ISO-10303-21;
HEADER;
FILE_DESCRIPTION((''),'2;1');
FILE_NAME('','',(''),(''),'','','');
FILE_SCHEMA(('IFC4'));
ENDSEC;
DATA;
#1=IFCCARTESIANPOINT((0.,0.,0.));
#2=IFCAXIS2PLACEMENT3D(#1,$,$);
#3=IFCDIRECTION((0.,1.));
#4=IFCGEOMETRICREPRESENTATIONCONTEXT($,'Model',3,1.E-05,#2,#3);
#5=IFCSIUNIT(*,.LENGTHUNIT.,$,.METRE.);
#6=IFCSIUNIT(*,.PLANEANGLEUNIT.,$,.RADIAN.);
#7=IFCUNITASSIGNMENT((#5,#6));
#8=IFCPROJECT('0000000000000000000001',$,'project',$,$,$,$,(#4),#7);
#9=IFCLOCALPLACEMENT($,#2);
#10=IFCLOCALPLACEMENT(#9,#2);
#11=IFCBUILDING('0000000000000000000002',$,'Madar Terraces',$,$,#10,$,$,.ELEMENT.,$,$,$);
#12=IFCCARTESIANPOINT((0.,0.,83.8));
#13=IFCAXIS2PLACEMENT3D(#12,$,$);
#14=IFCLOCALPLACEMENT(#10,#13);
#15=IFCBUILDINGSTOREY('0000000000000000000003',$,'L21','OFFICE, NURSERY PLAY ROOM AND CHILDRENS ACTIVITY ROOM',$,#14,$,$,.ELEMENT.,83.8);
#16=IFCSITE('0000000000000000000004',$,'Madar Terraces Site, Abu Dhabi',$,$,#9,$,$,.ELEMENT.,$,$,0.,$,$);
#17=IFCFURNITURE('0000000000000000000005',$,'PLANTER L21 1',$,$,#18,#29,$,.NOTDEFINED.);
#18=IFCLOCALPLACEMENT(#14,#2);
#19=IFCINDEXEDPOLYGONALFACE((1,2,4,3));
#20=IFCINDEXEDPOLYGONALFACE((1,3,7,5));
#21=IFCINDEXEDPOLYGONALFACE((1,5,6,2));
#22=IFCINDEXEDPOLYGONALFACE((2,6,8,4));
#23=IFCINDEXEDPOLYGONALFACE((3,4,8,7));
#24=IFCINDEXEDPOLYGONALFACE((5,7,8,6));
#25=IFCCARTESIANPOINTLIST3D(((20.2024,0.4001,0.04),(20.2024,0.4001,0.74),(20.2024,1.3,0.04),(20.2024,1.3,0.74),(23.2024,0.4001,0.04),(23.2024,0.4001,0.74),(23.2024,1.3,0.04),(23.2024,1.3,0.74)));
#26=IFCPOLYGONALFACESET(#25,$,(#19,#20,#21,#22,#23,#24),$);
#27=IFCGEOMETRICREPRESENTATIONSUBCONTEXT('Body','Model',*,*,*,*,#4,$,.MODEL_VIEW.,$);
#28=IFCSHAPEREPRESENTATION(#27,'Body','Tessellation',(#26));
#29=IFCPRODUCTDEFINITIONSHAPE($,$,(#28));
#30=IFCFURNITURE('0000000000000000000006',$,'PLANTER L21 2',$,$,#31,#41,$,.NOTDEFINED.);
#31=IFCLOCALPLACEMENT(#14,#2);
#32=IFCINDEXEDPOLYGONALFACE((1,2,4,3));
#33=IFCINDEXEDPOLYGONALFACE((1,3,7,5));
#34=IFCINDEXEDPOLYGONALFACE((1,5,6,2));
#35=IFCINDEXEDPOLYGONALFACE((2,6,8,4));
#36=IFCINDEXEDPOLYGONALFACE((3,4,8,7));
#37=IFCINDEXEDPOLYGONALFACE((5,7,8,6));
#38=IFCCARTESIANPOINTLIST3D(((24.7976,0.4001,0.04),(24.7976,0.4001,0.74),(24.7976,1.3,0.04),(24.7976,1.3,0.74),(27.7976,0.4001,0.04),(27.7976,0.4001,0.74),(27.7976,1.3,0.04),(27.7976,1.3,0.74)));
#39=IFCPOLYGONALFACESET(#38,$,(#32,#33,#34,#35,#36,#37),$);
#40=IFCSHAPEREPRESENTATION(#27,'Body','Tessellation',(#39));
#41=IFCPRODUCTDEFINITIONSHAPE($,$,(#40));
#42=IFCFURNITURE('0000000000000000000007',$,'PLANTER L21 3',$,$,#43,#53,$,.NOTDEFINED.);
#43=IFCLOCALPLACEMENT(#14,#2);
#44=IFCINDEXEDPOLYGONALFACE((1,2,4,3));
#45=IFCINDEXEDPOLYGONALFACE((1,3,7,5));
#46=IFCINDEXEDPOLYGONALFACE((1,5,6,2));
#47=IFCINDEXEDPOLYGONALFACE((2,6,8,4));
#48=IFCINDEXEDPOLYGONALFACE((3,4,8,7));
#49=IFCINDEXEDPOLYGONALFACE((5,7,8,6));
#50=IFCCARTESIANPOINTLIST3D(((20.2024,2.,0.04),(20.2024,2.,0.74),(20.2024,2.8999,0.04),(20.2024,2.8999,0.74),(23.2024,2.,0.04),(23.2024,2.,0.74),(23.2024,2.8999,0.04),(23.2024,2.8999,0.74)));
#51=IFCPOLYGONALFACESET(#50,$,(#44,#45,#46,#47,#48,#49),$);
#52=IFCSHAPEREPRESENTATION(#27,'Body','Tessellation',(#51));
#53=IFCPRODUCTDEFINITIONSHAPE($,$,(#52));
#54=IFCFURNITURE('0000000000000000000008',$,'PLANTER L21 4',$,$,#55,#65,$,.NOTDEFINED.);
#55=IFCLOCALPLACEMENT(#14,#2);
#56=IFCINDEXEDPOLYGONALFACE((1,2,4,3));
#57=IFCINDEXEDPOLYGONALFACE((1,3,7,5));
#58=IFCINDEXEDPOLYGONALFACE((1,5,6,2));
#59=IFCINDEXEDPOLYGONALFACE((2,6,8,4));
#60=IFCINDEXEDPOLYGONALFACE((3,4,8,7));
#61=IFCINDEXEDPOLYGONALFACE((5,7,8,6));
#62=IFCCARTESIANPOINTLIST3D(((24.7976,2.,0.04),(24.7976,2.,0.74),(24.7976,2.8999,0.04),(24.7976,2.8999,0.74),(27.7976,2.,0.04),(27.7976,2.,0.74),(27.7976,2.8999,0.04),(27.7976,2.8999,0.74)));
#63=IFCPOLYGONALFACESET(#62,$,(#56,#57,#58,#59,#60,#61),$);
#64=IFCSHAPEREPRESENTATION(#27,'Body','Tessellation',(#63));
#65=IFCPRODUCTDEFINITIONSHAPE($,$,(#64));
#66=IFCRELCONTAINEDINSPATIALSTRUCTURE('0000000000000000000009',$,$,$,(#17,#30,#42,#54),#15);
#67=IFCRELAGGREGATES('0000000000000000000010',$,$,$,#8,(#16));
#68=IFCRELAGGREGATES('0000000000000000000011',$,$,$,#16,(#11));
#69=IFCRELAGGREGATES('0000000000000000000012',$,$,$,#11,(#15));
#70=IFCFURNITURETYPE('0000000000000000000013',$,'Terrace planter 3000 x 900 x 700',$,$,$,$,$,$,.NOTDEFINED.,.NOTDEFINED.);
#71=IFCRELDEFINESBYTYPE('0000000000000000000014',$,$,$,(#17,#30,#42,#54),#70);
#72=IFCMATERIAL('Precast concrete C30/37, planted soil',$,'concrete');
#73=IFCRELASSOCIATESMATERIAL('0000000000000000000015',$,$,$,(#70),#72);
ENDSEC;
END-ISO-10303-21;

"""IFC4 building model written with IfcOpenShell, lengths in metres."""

from ifc_helpers import new_model, si_unit, direction, frame, origin, origin_2d, place, context, subcontext, project, spatial, rectangle, extrude, material, type_object, element, save


model = new_model("IFC4")

# Units and contexts
model_context = context("Model", 3, precision=1e-05, world=origin(), true_north=direction((0.0, 1.0)))
body_context = subcontext(model_context, "Body", "Model", "MODEL_VIEW")
ifc_project = project(units=[si_unit("LENGTHUNIT", "METRE"), si_unit("PLANEANGLEUNIT", "RADIAN")], contexts=[model_context])

# Site, building, storey
site_placement = place(None, origin())
site = spatial("IfcSite", under=ifc_project, at=site_placement, Name="Madar Terraces Site, Abu Dhabi", CompositionType="ELEMENT", RefElevation=0.0)
building_placement = place(site_placement, origin())
building = spatial("IfcBuilding", under=site, at=building_placement, Name="Madar Terraces", CompositionType="ELEMENT")
storey_placement = place(building_placement, frame((0.0, 0.0, 83.8)))
storey = spatial("IfcBuildingStorey", under=building, at=storey_placement, Name="L21", Description="OFFICE, NURSERY PLAY ROOM AND CHILDRENS ACTIVITY ROOM", CompositionType="ELEMENT", Elevation=83.8)

# Furniture
ifc_material_1 = material(Name="Precast concrete C30/37, planted soil", Category="concrete")
furniture_type = type_object("IfcFurnitureType", Name="Terrace planter 3000 x 900 x 700", AssemblyPlace="NOTDEFINED", PredefinedType="NOTDEFINED", material=ifc_material_1)
for number, where, z_axis, x_axis, name in (
    (1, (21.7024, 0.8501, 0.04), (0.0, 0.0, 1.0), (1.0, 0.0, 0.0), "PLANTER L21 1"),
    (2, (26.2976, 0.8501, 0.04), (0.0, 0.0, 1.0), (1.0, 0.0, 0.0), "PLANTER L21 2"),
    (3, (21.7024, 2.45, 0.04), (0.0, 0.0, 1.0), (1.0, 0.0, 0.0), "PLANTER L21 3"),
    (4, (26.2976, 2.45, 0.04), (0.0, 0.0, 1.0), (1.0, 0.0, 0.0), "PLANTER L21 4"),
):
    element("IfcFurniture", number, at=place(storey_placement, frame(where, z_axis=z_axis, x_axis=x_axis)), inside=storey, type_object=furniture_type, Name=name, PredefinedType="NOTDEFINED", context=body_context, shape_type="SweptSolid", body=[
        extrude(rectangle(XDim=3.0, YDim=0.8999, at=origin_2d()), origin(), (0.0, 0.0, 1.0), 0.7),
    ])

save(model, "model.ifc")
